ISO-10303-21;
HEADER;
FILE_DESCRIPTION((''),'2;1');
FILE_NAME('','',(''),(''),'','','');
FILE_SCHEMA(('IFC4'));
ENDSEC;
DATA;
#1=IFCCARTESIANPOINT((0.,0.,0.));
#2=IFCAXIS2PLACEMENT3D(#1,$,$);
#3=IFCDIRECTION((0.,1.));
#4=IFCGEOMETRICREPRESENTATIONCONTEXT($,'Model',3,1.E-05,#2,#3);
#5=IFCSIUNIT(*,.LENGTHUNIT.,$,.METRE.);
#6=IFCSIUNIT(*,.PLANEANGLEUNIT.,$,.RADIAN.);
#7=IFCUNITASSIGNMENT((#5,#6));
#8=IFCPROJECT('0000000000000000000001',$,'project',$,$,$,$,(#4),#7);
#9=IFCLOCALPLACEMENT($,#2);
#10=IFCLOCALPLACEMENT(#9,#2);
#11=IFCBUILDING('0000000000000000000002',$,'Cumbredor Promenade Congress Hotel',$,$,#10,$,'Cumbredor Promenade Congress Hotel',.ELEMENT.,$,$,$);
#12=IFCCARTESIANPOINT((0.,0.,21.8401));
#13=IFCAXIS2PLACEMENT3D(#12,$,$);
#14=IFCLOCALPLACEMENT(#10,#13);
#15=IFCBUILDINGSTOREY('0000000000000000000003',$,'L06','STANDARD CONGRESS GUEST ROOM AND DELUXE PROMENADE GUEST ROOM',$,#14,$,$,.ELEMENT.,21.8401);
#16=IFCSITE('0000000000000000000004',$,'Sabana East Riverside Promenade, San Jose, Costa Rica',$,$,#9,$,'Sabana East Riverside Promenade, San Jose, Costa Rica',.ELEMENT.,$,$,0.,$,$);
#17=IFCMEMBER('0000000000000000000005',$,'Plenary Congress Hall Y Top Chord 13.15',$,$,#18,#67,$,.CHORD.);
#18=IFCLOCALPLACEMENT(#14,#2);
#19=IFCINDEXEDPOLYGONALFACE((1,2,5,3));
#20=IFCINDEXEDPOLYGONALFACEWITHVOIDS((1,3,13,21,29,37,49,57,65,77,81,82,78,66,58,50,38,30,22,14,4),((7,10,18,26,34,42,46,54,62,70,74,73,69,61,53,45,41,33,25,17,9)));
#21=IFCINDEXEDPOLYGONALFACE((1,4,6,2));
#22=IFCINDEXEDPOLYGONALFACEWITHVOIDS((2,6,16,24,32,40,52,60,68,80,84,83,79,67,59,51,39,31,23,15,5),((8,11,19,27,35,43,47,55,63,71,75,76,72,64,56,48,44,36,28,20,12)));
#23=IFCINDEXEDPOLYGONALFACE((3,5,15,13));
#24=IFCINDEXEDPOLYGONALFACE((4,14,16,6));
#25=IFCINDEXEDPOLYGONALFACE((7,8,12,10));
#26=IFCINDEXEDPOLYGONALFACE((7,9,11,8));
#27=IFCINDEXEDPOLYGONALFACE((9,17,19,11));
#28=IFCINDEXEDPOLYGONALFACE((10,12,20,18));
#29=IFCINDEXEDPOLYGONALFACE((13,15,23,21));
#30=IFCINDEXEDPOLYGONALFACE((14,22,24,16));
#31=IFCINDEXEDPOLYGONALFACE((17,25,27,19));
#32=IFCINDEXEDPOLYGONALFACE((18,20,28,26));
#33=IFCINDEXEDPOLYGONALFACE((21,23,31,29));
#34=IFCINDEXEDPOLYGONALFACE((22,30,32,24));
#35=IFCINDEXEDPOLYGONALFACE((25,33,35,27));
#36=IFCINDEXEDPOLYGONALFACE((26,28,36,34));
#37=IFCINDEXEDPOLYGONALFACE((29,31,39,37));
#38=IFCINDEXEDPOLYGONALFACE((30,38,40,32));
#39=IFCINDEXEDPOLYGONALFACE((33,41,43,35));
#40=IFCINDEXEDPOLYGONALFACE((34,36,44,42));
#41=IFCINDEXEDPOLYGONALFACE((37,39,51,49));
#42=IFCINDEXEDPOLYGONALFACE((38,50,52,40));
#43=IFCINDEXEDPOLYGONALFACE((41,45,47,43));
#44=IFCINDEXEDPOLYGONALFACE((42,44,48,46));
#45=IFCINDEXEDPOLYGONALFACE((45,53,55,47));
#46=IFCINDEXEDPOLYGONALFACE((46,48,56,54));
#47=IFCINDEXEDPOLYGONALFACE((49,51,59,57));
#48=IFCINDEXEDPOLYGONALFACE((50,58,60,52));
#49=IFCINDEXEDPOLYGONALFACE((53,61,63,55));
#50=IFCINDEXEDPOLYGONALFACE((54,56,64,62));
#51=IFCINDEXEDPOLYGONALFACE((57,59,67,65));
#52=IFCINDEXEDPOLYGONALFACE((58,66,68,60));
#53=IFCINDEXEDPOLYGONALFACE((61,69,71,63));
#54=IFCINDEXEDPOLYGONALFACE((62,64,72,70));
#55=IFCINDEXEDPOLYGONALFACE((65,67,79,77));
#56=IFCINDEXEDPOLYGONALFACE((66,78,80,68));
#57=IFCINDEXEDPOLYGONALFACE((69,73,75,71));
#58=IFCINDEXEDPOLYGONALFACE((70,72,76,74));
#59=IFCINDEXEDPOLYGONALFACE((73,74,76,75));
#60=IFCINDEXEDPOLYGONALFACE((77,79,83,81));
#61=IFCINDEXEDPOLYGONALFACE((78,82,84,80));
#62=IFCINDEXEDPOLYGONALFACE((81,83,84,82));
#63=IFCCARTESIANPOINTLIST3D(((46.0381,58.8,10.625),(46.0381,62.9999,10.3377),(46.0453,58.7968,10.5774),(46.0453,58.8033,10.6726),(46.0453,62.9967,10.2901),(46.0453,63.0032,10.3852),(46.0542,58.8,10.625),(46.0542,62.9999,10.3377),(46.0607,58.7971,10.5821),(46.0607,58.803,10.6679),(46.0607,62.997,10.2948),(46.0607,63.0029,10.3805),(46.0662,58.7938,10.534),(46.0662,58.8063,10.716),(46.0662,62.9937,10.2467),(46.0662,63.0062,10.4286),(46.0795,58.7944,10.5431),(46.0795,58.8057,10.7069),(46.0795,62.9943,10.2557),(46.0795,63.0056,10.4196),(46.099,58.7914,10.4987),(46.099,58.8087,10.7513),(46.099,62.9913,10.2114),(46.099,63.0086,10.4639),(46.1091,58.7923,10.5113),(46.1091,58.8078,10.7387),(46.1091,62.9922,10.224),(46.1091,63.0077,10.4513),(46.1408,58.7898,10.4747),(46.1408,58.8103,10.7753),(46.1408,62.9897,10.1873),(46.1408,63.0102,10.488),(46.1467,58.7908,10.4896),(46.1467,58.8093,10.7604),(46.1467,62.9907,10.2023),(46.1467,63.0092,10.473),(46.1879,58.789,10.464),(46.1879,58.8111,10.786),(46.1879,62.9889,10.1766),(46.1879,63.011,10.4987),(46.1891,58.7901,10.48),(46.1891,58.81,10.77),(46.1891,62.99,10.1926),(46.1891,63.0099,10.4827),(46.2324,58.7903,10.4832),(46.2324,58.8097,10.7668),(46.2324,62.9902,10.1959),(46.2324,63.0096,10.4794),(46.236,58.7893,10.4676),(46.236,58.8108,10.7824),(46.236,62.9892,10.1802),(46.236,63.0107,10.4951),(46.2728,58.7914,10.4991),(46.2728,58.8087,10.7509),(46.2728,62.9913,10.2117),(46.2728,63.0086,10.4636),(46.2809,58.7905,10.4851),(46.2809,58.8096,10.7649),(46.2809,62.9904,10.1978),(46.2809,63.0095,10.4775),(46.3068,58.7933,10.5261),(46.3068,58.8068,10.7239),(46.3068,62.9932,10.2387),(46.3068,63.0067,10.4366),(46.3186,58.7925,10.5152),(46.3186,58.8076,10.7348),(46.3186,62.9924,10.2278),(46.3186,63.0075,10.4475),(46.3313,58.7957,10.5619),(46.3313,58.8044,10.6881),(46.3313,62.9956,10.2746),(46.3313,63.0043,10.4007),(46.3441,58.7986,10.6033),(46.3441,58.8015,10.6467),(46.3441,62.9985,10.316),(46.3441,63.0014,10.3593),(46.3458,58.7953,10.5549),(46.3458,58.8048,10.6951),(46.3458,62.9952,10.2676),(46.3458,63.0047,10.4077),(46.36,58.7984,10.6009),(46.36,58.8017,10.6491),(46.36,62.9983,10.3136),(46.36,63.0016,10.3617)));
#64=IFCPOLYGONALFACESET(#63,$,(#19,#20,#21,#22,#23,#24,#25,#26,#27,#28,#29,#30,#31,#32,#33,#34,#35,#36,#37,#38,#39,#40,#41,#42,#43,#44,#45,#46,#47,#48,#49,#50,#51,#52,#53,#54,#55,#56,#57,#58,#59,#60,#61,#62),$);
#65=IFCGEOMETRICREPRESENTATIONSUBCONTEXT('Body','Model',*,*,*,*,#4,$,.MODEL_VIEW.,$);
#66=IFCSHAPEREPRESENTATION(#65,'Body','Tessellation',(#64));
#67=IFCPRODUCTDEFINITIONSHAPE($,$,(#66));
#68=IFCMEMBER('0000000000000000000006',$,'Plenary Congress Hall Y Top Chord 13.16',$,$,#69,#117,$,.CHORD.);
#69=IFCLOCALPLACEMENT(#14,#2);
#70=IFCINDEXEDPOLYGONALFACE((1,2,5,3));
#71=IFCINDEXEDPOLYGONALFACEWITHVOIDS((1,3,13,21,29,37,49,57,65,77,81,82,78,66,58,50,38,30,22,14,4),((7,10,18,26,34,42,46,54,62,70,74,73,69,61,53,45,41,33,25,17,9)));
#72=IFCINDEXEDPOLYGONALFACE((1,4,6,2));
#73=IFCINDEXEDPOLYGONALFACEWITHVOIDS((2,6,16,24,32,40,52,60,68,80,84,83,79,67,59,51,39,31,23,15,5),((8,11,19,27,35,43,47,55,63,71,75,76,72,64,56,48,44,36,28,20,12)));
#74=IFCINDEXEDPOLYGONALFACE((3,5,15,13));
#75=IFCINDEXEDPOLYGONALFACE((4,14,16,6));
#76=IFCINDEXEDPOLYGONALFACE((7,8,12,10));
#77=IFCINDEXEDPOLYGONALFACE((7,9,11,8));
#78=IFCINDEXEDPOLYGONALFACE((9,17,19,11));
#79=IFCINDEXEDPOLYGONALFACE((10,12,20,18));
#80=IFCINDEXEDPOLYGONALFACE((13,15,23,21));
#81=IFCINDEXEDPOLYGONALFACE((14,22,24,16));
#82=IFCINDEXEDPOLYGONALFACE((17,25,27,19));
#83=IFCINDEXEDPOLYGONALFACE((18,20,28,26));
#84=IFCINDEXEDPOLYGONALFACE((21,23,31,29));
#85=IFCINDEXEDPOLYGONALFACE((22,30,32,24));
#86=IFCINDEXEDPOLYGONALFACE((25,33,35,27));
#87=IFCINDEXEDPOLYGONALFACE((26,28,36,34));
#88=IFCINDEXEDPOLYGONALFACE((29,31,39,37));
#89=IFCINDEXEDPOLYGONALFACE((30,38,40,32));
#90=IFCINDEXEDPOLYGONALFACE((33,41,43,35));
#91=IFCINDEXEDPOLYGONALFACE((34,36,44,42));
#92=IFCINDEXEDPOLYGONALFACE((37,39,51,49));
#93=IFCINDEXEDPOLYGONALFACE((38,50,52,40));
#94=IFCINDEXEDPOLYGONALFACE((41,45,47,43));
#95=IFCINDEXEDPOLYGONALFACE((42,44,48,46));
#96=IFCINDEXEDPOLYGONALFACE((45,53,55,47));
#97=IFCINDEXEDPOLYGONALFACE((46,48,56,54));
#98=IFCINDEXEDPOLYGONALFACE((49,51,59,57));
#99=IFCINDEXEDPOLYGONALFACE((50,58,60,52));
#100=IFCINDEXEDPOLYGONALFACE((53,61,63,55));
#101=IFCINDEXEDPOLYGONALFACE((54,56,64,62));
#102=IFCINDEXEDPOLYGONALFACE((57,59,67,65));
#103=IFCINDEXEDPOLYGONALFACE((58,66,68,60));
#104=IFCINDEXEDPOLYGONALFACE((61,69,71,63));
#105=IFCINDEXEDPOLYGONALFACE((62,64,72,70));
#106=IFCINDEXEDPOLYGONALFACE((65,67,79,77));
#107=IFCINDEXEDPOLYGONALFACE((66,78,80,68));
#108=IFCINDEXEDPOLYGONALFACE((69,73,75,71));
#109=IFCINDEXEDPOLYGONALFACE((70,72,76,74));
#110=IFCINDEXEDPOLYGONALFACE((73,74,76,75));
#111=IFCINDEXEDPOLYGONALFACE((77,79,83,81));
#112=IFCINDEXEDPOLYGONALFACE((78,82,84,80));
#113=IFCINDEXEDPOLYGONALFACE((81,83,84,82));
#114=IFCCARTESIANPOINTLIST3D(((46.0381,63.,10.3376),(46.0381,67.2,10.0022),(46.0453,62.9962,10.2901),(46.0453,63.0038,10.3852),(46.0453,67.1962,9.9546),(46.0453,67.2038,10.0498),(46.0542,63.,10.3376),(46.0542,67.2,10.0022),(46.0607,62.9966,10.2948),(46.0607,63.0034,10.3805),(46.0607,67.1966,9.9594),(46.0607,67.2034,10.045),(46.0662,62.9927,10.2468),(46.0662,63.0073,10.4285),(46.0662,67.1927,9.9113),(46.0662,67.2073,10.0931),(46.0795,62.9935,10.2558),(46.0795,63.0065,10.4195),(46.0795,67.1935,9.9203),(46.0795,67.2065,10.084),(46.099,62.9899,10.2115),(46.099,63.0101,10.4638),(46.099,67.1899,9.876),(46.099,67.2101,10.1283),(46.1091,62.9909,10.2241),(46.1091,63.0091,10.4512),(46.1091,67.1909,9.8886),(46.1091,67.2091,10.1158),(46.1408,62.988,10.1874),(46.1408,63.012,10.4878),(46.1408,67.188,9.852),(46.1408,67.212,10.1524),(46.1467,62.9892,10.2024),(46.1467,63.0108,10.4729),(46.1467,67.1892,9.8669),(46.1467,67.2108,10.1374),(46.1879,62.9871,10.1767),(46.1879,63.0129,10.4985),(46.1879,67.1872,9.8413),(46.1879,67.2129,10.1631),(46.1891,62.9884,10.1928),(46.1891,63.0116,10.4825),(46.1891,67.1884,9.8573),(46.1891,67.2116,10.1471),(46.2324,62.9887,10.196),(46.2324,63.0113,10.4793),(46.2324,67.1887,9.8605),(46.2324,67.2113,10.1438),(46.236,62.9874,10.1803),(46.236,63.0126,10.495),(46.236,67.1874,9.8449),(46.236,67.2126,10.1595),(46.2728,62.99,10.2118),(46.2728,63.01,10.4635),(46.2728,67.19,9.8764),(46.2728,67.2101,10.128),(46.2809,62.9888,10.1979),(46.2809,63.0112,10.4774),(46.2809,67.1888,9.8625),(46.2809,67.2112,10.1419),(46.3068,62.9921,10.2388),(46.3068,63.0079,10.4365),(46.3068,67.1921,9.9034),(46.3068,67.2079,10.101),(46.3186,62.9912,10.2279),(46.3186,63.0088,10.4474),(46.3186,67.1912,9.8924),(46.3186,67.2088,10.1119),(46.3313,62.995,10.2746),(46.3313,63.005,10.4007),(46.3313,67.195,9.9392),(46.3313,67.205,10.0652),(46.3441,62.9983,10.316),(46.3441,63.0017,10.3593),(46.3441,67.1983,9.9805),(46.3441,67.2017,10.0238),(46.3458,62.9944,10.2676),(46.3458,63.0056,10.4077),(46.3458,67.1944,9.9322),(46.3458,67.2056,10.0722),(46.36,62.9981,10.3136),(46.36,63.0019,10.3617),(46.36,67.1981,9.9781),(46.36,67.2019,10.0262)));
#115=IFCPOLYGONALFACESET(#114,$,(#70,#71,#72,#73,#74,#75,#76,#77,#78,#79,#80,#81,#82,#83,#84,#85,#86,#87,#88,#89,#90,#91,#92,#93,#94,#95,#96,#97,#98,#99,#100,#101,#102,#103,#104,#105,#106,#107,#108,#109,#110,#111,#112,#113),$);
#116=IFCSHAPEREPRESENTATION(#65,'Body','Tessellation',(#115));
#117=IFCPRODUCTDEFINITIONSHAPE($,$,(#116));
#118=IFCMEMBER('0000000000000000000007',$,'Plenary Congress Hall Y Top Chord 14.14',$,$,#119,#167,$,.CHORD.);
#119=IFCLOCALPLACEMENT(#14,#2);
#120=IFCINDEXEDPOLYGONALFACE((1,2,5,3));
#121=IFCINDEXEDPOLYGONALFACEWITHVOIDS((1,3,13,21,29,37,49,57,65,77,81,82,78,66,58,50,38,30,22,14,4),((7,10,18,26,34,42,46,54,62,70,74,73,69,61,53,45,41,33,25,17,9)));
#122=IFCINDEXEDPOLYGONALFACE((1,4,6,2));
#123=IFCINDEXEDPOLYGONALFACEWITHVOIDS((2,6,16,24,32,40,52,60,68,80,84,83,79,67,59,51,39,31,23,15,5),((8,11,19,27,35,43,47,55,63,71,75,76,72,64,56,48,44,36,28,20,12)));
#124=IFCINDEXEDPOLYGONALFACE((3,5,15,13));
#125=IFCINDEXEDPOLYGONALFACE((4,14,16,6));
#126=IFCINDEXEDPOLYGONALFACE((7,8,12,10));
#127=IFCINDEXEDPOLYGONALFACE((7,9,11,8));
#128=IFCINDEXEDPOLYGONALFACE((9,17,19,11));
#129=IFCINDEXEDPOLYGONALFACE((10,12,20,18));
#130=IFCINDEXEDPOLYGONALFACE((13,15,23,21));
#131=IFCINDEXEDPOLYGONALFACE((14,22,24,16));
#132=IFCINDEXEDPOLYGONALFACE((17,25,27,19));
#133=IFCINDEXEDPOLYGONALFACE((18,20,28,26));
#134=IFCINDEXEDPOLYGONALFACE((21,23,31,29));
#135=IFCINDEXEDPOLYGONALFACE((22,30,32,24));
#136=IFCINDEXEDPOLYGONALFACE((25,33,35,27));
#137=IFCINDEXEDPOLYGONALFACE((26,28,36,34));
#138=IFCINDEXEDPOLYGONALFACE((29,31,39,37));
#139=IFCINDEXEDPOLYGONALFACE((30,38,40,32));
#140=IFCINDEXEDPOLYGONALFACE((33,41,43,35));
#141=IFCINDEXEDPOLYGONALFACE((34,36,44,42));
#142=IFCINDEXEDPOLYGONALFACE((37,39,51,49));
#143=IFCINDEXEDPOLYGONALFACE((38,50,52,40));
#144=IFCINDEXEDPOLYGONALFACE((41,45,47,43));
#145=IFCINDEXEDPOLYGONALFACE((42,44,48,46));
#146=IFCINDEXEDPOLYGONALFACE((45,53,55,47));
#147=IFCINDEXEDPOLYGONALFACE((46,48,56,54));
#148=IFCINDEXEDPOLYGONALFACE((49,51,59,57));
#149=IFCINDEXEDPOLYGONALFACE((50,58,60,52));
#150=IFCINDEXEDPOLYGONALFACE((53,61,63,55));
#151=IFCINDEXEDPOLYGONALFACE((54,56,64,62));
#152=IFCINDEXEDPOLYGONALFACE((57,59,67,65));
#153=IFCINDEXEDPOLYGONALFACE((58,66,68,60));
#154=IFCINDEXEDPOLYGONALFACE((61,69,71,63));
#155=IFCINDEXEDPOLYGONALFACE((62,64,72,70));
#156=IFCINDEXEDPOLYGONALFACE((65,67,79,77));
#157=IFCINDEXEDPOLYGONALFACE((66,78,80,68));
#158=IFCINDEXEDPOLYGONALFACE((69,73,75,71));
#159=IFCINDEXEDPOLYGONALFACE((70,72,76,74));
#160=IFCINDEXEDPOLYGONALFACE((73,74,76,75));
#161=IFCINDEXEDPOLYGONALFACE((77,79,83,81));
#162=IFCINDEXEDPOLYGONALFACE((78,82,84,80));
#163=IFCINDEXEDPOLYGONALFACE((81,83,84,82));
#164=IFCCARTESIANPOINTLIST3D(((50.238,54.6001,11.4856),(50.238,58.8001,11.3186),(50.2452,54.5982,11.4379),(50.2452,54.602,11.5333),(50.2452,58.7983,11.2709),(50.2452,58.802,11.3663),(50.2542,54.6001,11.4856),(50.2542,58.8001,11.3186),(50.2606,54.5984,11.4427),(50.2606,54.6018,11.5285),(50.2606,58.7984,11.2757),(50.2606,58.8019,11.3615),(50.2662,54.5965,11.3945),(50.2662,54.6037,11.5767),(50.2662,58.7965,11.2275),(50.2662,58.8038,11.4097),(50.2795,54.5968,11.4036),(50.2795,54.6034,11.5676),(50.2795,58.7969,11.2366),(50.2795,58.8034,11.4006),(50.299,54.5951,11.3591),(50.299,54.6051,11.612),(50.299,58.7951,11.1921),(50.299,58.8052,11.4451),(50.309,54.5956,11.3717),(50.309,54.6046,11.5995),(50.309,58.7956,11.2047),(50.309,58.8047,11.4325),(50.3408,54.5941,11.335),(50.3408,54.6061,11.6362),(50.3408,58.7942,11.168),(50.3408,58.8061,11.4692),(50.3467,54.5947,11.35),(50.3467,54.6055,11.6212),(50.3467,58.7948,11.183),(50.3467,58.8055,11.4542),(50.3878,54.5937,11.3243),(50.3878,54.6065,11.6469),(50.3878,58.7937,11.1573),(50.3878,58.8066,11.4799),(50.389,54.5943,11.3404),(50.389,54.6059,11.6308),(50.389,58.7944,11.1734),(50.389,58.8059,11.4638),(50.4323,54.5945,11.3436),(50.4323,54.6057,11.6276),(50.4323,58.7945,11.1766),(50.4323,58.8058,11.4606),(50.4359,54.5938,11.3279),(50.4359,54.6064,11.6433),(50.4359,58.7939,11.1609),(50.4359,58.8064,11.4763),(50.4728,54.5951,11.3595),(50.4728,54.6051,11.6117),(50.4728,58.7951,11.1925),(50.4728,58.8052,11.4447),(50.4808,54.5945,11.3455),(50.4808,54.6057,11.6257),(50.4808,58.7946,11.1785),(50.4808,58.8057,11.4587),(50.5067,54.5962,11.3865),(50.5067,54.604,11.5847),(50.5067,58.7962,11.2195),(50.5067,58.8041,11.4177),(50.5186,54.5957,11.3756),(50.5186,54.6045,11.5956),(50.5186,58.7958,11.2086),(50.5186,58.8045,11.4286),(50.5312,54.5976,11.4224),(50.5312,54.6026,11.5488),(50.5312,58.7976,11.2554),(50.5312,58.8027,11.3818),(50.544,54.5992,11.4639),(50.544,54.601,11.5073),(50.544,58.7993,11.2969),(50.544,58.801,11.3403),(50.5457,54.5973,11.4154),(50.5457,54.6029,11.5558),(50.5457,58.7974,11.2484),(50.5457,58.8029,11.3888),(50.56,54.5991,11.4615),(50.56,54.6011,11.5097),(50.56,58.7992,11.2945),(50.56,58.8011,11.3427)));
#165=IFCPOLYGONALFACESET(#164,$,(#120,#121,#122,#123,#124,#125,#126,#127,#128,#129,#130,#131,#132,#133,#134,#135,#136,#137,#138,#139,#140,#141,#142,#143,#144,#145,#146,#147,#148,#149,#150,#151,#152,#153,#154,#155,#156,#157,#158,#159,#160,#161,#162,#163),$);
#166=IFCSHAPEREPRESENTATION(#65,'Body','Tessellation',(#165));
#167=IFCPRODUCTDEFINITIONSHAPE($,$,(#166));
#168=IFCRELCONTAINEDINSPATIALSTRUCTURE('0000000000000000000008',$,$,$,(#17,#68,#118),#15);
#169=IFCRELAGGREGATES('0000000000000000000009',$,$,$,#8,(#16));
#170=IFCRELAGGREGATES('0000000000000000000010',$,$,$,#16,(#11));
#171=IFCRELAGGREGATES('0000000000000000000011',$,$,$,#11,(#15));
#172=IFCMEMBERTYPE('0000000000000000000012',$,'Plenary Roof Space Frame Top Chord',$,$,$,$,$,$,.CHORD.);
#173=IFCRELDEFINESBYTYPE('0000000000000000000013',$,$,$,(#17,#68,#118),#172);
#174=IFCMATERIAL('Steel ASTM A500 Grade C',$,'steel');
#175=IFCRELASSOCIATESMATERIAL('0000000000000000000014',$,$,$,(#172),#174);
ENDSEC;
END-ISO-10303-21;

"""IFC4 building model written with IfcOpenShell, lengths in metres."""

from ifc_helpers import new_model, si_unit, direction, frame, origin, origin_2d, place, context, subcontext, project, spatial, hollow_circle, extrude, material, material_profile, profile_set, type_object, element, save


model = new_model("IFC4")

# Units and contexts
model_context = context("Model", 3, precision=1e-05, world=origin(), true_north=direction((0.0, 1.0)))
body_context = subcontext(model_context, "Body", "Model", "MODEL_VIEW")
ifc_project = project(units=[si_unit("LENGTHUNIT", "METRE"), si_unit("PLANEANGLEUNIT", "RADIAN")], contexts=[model_context])

# Site, building, storey
site_placement = place(None, origin())
site = spatial("IfcSite", under=ifc_project, at=site_placement, Name="Sabana East Riverside Promenade, San Jose, Costa Rica", LongName="Sabana East Riverside Promenade, San Jose, Costa Rica", CompositionType="ELEMENT", RefElevation=0.0)
building_placement = place(site_placement, origin())
building = spatial("IfcBuilding", under=site, at=building_placement, Name="Cumbredor Promenade Congress Hotel", LongName="Cumbredor Promenade Congress Hotel", CompositionType="ELEMENT")
storey_placement = place(building_placement, frame((0.0, 0.0, 21.8401)))
storey = spatial("IfcBuildingStorey", under=building, at=storey_placement, Name="L06", Description="STANDARD CONGRESS GUEST ROOM AND DELUXE PROMENADE GUEST ROOM", CompositionType="ELEMENT", Elevation=21.8401)

# Members
ifc_material_1 = material(Name="Steel ASTM A500 Grade C", Category="steel")
ifc_material_profile_1 = material_profile(ifc_material_1, hollow_circle(Radius=0.1619, WallThickness=0.0161, at=origin_2d()), Name="CHS 323.9x16")
ifc_profile_set_1 = profile_set([ifc_material_profile_1], Name="Steel ASTM A500 Grade C")
member_type_1 = type_object("IfcMemberType", Name="Plenary Roof Space Frame Top Chord", PredefinedType="CHORD", material=ifc_profile_set_1)
member_1_placement = place(storey_placement, frame((46.2, 58.8, 10.625), z_axis=(0.0, 0.997668, -0.068259), x_axis=(-1.0, 0.0, 0.0)))
element("IfcMember", 1, at=member_1_placement, inside=storey, type_object=member_type_1, Name="Plenary Congress Hall Y Top Chord 13.15", PredefinedType="CHORD", context=body_context, shape_type="SweptSolid", body=[
    extrude(hollow_circle(Radius=0.1619, WallThickness=0.0161, at=origin_2d()), origin(), (0.0, 0.0, 1.0), 4.2097),
])
member_2_placement = place(storey_placement, frame((46.2, 63.0, 10.3376), z_axis=(0.0, 0.996826, -0.079616), x_axis=(-1.0, 0.0, 0.0)))
element("IfcMember", 2, at=member_2_placement, inside=storey, type_object=member_type_1, Name="Plenary Congress Hall Y Top Chord 13.16", PredefinedType="CHORD", context=body_context, shape_type="SweptSolid", body=[
    extrude(hollow_circle(Radius=0.1619, WallThickness=0.0161, at=origin_2d()), origin(), (0.0, 0.0, 1.0), 4.2134),
])
member_3_placement = place(storey_placement, frame((50.3999, 54.6001, 11.4856), z_axis=(0.0, 0.99921, -0.039729), x_axis=(-1.0, 0.0, 0.0)))
element("IfcMember", 3, at=member_3_placement, inside=storey, type_object=member_type_1, Name="Plenary Congress Hall Y Top Chord 14.14", PredefinedType="CHORD", context=body_context, shape_type="SweptSolid", body=[
    extrude(hollow_circle(Radius=0.1619, WallThickness=0.0161, at=origin_2d()), origin(), (0.0, 0.0, 1.0), 4.2034),
])

save(model, "model.ifc")
